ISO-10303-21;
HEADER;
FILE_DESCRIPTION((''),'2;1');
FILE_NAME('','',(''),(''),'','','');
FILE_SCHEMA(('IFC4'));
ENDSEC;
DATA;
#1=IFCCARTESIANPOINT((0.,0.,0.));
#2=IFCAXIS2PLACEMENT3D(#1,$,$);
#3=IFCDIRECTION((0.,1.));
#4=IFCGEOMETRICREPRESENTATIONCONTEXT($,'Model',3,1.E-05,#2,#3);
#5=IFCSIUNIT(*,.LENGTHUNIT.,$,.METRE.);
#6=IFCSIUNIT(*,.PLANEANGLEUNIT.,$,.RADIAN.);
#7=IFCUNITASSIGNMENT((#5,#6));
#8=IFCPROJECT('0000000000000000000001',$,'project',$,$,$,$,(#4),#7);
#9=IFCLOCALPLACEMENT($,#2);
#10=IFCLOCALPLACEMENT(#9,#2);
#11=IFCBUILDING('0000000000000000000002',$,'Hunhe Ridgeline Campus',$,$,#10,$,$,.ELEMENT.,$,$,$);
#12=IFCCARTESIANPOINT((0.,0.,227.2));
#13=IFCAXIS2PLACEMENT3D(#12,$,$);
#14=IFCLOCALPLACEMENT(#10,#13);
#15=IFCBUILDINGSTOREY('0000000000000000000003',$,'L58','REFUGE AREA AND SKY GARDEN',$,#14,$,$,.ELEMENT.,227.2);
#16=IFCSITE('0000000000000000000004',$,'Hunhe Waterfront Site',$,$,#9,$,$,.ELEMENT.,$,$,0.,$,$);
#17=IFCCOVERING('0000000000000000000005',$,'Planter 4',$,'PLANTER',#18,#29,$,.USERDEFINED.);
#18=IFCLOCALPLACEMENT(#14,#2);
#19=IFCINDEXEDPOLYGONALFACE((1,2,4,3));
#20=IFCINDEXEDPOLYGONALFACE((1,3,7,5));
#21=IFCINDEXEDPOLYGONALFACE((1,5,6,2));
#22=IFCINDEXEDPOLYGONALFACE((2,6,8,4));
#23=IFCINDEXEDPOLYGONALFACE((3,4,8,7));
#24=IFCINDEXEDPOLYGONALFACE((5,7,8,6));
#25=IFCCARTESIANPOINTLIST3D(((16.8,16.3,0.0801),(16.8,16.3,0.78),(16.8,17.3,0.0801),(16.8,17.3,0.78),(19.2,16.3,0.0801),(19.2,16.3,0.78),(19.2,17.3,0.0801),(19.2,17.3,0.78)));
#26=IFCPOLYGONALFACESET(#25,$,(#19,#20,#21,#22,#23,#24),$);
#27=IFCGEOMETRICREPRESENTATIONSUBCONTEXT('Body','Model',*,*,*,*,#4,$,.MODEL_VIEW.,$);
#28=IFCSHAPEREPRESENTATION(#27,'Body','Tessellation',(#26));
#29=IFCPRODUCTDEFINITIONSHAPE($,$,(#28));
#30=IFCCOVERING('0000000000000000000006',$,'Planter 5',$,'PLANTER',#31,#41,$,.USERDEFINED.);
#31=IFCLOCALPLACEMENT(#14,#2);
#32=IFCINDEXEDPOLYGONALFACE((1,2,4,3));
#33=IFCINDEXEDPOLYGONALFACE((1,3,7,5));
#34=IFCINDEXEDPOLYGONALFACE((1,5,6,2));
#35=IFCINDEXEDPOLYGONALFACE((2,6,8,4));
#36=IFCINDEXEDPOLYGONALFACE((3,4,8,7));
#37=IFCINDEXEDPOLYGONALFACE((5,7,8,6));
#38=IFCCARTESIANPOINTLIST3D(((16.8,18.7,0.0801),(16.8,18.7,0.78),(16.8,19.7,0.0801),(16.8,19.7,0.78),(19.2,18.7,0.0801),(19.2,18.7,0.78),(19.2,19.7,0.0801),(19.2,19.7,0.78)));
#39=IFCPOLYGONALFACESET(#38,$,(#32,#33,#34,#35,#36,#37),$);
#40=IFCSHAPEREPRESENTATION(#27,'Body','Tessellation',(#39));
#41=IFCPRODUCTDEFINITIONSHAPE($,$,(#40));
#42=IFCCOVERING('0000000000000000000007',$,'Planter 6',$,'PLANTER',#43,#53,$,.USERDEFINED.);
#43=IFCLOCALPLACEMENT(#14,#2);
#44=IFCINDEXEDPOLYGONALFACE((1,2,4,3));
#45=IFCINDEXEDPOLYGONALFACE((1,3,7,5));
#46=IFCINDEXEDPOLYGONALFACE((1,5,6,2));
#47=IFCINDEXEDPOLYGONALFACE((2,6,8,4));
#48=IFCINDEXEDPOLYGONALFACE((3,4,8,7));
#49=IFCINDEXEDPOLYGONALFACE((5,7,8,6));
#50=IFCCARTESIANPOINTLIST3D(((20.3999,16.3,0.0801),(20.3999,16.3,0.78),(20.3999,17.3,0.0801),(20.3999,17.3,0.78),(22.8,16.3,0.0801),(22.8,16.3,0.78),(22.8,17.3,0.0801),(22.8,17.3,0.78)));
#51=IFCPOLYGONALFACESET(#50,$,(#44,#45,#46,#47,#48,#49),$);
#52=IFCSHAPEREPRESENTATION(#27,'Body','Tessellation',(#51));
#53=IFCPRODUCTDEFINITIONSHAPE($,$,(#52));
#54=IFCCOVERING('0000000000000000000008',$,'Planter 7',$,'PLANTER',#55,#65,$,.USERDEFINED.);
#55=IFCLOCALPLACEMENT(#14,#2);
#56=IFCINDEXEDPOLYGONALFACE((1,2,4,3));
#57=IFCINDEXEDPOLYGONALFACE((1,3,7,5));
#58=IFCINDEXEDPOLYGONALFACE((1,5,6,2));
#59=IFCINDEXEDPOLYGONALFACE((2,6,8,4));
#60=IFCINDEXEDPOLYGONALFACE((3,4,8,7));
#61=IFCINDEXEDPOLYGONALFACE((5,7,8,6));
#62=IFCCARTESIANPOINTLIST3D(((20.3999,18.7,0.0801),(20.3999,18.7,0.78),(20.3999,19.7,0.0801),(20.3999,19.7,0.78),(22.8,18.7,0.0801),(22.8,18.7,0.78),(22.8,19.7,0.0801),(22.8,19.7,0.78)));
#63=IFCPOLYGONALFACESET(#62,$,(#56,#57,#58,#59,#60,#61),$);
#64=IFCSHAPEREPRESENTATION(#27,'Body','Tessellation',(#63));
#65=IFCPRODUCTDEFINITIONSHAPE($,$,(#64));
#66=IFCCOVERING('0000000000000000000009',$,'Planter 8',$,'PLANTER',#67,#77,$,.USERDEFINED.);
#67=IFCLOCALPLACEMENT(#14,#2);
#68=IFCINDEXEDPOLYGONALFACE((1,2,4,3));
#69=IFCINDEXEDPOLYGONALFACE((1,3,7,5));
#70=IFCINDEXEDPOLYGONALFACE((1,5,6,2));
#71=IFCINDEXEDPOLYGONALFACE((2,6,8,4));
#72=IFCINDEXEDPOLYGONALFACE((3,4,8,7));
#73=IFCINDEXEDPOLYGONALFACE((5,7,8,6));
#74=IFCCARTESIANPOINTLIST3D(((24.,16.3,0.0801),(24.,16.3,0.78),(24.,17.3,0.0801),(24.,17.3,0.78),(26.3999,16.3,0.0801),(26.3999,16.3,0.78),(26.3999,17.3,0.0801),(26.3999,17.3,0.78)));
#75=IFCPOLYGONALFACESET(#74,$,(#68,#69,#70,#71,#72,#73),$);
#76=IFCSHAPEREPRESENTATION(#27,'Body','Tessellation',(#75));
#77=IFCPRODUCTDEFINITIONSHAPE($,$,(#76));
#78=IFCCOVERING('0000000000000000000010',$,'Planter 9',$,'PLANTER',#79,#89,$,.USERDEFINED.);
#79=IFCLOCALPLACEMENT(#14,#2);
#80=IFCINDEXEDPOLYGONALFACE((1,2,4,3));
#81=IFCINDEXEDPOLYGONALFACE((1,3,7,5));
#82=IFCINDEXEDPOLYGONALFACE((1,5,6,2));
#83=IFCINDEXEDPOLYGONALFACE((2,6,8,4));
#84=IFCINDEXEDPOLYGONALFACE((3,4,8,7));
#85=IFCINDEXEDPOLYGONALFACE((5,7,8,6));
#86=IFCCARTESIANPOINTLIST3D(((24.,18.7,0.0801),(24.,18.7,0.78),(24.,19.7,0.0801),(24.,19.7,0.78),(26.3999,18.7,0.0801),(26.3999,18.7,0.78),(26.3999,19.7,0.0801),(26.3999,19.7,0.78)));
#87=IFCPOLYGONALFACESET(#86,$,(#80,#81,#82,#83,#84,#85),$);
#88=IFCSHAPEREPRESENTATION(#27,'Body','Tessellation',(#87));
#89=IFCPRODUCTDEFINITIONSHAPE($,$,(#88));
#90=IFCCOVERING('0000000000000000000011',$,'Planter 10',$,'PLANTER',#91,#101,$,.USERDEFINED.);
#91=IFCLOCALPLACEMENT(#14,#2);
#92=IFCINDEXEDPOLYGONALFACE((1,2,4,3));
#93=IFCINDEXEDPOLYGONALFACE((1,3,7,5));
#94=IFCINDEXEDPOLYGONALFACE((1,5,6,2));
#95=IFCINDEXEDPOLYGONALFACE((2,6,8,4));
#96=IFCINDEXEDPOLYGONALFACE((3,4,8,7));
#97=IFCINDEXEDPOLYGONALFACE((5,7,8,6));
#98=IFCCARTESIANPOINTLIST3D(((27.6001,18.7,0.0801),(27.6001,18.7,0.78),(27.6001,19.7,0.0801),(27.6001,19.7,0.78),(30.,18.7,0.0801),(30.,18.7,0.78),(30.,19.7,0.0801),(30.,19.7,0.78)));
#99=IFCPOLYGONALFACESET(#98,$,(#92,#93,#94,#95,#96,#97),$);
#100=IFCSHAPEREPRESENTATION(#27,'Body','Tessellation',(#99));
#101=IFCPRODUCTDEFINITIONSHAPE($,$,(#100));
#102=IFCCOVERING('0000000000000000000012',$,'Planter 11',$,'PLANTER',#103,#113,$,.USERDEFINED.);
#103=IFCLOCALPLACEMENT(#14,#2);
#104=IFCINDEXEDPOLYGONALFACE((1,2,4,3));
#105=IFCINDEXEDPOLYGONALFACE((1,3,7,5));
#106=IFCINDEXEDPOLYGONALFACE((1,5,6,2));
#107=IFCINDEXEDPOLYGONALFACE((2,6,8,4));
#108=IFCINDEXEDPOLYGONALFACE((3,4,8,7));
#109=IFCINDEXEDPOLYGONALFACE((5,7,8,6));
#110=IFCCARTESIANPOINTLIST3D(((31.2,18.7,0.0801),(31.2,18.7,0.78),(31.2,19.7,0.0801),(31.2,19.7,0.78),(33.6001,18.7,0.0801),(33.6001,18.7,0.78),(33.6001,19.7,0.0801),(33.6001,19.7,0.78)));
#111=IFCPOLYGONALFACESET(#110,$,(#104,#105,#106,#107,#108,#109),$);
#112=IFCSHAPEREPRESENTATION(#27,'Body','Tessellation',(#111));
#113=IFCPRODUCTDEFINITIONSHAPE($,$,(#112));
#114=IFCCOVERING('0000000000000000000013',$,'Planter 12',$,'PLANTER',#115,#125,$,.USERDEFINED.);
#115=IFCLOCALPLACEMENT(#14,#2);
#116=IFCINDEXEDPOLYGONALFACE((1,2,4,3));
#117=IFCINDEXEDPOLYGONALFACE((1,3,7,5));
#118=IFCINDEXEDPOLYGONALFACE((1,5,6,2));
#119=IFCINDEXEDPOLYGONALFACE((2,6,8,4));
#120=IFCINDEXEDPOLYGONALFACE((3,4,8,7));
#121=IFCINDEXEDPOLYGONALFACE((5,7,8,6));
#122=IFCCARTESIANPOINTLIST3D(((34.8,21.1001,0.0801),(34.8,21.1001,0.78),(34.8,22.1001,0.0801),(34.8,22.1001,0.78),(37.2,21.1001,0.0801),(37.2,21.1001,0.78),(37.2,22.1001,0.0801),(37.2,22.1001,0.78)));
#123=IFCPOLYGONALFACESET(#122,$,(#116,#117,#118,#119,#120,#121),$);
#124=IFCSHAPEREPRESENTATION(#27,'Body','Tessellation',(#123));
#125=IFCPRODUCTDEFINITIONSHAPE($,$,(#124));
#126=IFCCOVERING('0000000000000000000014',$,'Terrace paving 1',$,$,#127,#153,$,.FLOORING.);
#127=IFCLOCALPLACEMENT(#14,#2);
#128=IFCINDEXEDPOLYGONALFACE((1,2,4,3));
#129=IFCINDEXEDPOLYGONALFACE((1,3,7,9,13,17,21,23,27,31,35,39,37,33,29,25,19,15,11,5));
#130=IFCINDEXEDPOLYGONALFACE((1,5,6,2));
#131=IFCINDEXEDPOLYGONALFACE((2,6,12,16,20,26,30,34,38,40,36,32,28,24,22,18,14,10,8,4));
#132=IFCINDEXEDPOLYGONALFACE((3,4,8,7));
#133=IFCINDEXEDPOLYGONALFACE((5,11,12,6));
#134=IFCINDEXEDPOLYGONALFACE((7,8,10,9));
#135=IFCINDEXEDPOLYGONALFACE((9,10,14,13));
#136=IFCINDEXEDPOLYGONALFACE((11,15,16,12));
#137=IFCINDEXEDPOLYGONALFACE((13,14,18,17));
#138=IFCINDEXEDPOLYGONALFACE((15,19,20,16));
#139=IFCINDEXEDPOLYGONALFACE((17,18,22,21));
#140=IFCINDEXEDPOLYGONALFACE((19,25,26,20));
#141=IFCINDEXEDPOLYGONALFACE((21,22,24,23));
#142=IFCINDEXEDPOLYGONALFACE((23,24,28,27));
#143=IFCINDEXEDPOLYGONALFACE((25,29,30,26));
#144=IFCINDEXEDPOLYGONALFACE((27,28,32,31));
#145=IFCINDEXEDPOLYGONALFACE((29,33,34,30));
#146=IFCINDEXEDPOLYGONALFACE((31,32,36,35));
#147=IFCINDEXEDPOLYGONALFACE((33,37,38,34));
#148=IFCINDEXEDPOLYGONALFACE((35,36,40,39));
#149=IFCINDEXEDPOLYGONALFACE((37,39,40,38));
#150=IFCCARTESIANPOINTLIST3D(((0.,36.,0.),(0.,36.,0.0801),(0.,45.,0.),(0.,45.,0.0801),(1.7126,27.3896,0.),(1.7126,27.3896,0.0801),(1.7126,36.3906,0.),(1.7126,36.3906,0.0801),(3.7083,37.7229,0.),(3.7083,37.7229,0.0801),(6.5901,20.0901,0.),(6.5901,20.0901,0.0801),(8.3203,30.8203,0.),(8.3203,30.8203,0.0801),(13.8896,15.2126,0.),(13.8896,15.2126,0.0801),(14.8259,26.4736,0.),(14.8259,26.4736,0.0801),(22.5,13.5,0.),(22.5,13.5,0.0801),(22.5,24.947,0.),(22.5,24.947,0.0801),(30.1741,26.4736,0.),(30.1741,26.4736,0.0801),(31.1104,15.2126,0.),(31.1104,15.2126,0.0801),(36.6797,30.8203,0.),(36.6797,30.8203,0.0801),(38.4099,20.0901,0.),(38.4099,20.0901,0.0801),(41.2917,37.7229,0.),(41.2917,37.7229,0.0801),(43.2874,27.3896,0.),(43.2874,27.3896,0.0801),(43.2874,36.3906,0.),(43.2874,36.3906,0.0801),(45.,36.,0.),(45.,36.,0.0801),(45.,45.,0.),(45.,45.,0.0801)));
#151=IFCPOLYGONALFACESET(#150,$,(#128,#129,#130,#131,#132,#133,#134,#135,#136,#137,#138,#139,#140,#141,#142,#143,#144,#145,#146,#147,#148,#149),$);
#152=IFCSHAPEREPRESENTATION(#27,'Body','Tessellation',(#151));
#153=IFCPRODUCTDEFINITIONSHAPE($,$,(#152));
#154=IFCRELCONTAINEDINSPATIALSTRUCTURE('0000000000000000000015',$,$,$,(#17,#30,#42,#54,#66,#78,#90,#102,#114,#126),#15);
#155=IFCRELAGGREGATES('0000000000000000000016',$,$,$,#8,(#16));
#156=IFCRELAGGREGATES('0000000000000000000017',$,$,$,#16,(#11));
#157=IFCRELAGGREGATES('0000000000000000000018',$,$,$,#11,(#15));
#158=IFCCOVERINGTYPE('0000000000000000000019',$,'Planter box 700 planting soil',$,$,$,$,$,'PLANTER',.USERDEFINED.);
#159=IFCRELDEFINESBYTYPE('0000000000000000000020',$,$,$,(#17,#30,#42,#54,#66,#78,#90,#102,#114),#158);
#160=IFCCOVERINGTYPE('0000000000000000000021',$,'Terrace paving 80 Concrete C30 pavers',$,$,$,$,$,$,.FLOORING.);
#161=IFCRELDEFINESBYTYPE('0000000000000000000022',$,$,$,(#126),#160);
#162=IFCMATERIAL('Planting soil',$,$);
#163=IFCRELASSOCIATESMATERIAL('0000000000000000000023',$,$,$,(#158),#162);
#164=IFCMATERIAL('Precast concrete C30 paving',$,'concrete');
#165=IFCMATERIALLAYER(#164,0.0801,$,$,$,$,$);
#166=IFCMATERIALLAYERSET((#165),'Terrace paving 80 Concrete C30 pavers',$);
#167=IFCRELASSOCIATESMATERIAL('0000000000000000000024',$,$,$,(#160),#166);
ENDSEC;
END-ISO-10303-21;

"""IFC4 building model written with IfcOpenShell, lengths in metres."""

from ifc_helpers import new_model, si_unit, direction, frame, origin, place, context, subcontext, project, spatial, polyline, outline, extrude, material, layer, layer_set, type_object, element, save


model = new_model("IFC4")

# Units and contexts
model_context = context("Model", 3, precision=1e-05, world=origin(), true_north=direction((0.0, 1.0)))
body_context = subcontext(model_context, "Body", "Model", "MODEL_VIEW")
ifc_project = project(units=[si_unit("LENGTHUNIT", "METRE"), si_unit("PLANEANGLEUNIT", "RADIAN")], contexts=[model_context])

# Site, building, storey
site_placement = place(None, origin())
site = spatial("IfcSite", under=ifc_project, at=site_placement, Name="Hunhe Waterfront Site", CompositionType="ELEMENT", RefElevation=0.0)
building_placement = place(site_placement, origin())
building = spatial("IfcBuilding", under=site, at=building_placement, Name="Hunhe Ridgeline Campus", CompositionType="ELEMENT")
storey_placement = place(building_placement, frame((0.0, 0.0, 227.2)))
storey = spatial("IfcBuildingStorey", under=building, at=storey_placement, Name="L58", Description="REFUGE AREA AND SKY GARDEN", CompositionType="ELEMENT", Elevation=227.2)

# Coverings
ifc_material_1 = material(Name="Planting soil")
covering_type_1 = type_object("IfcCoveringType", Name="Planter box 700 planting soil", ElementType="PLANTER", PredefinedType="USERDEFINED", material=ifc_material_1)
covering_1_placement = place(storey_placement, frame((0.0, 0.0, 0.0801)))
element("IfcCovering", 1, at=covering_1_placement, inside=storey, type_object=covering_type_1, Name="Planter 4", ObjectType="PLANTER", PredefinedType="USERDEFINED", context=body_context, shape_type="SweptSolid", body=[
    extrude(outline(polyline([(16.8, 16.3), (19.2, 16.3), (19.2, 17.3), (16.8, 17.3), (16.8, 16.3)])), origin(), (0.0, 0.0, 1.0), 0.7),
])
covering_2_placement = place(storey_placement, frame((0.0, 0.0, 0.0801)))
element("IfcCovering", 2, at=covering_2_placement, inside=storey, type_object=covering_type_1, Name="Planter 5", ObjectType="PLANTER", PredefinedType="USERDEFINED", context=body_context, shape_type="SweptSolid", body=[
    extrude(outline(polyline([(16.8, 18.7), (19.2, 18.7), (19.2, 19.7), (16.8, 19.7), (16.8, 18.7)])), origin(), (0.0, 0.0, 1.0), 0.7),
])
covering_3_placement = place(storey_placement, frame((0.0, 0.0, 0.0801)))
element("IfcCovering", 3, at=covering_3_placement, inside=storey, type_object=covering_type_1, Name="Planter 6", ObjectType="PLANTER", PredefinedType="USERDEFINED", context=body_context, shape_type="SweptSolid", body=[
    extrude(outline(polyline([(20.3999, 16.3), (22.8, 16.3), (22.8, 17.3), (20.3999, 17.3), (20.3999, 16.3)])), origin(), (0.0, 0.0, 1.0), 0.7),
])
covering_4_placement = place(storey_placement, frame((0.0, 0.0, 0.0801)))
element("IfcCovering", 4, at=covering_4_placement, inside=storey, type_object=covering_type_1, Name="Planter 7", ObjectType="PLANTER", PredefinedType="USERDEFINED", context=body_context, shape_type="SweptSolid", body=[
    extrude(outline(polyline([(20.3999, 18.7), (22.8, 18.7), (22.8, 19.7), (20.3999, 19.7), (20.3999, 18.7)])), origin(), (0.0, 0.0, 1.0), 0.7),
])
covering_5_placement = place(storey_placement, frame((0.0, 0.0, 0.0801)))
element("IfcCovering", 5, at=covering_5_placement, inside=storey, type_object=covering_type_1, Name="Planter 8", ObjectType="PLANTER", PredefinedType="USERDEFINED", context=body_context, shape_type="SweptSolid", body=[
    extrude(outline(polyline([(24.0, 16.3), (26.3999, 16.3), (26.3999, 17.3), (24.0, 17.3), (24.0, 16.3)])), origin(), (0.0, 0.0, 1.0), 0.7),
])
covering_6_placement = place(storey_placement, frame((0.0, 0.0, 0.0801)))
element("IfcCovering", 6, at=covering_6_placement, inside=storey, type_object=covering_type_1, Name="Planter 9", ObjectType="PLANTER", PredefinedType="USERDEFINED", context=body_context, shape_type="SweptSolid", body=[
    extrude(outline(polyline([(24.0, 18.7), (26.3999, 18.7), (26.3999, 19.7), (24.0, 19.7), (24.0, 18.7)])), origin(), (0.0, 0.0, 1.0), 0.7),
])
covering_7_placement = place(storey_placement, frame((0.0, 0.0, 0.0801)))
element("IfcCovering", 7, at=covering_7_placement, inside=storey, type_object=covering_type_1, Name="Planter 10", ObjectType="PLANTER", PredefinedType="USERDEFINED", context=body_context, shape_type="SweptSolid", body=[
    extrude(outline(polyline([(27.6001, 18.7), (30.0, 18.7), (30.0, 19.7), (27.6001, 19.7), (27.6001, 18.7)])), origin(), (0.0, 0.0, 1.0), 0.7),
])
covering_8_placement = place(storey_placement, frame((0.0, 0.0, 0.0801)))
element("IfcCovering", 8, at=covering_8_placement, inside=storey, type_object=covering_type_1, Name="Planter 11", ObjectType="PLANTER", PredefinedType="USERDEFINED", context=body_context, shape_type="SweptSolid", body=[
    extrude(outline(polyline([(31.2, 18.7), (33.6001, 18.7), (33.6001, 19.7), (31.2, 19.7), (31.2, 18.7)])), origin(), (0.0, 0.0, 1.0), 0.7),
])
covering_9_placement = place(storey_placement, frame((0.0, 0.0, 0.0801)))
element("IfcCovering", 9, at=covering_9_placement, inside=storey, type_object=covering_type_1, Name="Planter 12", ObjectType="PLANTER", PredefinedType="USERDEFINED", context=body_context, shape_type="SweptSolid", body=[
    extrude(outline(polyline([(34.8, 21.1001), (37.2, 21.1001), (37.2, 22.1001), (34.8, 22.1001), (34.8, 21.1001)])), origin(), (0.0, 0.0, 1.0), 0.7),
])
ifc_material_2 = material(Name="Precast concrete C30 paving", Category="concrete")
ifc_layer_1 = layer(ifc_material_2, 0.0801)
ifc_layer_set_1 = layer_set([ifc_layer_1], Name="Terrace paving 80 Concrete C30 pavers")
covering_type_2 = type_object("IfcCoveringType", Name="Terrace paving 80 Concrete C30 pavers", PredefinedType="FLOORING", material=ifc_layer_set_1)
covering_10_placement = place(storey_placement, origin())
element("IfcCovering", 10, at=covering_10_placement, inside=storey, type_object=covering_type_2, Name="Terrace paving 1", PredefinedType="FLOORING", context=body_context, shape_type="SweptSolid", body=[
    extrude(outline(polyline([(0.0, 36.0), (1.7126, 27.3896), (6.5901, 20.0901), (13.8896, 15.2126), (22.5, 13.5), (31.1104, 15.2126), (38.4099, 20.0901), (43.2874, 27.3896), (45.0, 36.0), (45.0, 45.0), (43.2874, 36.3906), (41.2917, 37.7229), (36.6797, 30.8203), (30.1741, 26.4736), (22.5, 24.947), (14.8259, 26.4736), (8.3203, 30.8203), (3.7083, 37.7229), (1.7126, 36.3906), (0.0, 45.0), (0.0, 36.0)])), origin(), (0.0, 0.0, 1.0), 0.0801),
])

save(model, "model.ifc")
